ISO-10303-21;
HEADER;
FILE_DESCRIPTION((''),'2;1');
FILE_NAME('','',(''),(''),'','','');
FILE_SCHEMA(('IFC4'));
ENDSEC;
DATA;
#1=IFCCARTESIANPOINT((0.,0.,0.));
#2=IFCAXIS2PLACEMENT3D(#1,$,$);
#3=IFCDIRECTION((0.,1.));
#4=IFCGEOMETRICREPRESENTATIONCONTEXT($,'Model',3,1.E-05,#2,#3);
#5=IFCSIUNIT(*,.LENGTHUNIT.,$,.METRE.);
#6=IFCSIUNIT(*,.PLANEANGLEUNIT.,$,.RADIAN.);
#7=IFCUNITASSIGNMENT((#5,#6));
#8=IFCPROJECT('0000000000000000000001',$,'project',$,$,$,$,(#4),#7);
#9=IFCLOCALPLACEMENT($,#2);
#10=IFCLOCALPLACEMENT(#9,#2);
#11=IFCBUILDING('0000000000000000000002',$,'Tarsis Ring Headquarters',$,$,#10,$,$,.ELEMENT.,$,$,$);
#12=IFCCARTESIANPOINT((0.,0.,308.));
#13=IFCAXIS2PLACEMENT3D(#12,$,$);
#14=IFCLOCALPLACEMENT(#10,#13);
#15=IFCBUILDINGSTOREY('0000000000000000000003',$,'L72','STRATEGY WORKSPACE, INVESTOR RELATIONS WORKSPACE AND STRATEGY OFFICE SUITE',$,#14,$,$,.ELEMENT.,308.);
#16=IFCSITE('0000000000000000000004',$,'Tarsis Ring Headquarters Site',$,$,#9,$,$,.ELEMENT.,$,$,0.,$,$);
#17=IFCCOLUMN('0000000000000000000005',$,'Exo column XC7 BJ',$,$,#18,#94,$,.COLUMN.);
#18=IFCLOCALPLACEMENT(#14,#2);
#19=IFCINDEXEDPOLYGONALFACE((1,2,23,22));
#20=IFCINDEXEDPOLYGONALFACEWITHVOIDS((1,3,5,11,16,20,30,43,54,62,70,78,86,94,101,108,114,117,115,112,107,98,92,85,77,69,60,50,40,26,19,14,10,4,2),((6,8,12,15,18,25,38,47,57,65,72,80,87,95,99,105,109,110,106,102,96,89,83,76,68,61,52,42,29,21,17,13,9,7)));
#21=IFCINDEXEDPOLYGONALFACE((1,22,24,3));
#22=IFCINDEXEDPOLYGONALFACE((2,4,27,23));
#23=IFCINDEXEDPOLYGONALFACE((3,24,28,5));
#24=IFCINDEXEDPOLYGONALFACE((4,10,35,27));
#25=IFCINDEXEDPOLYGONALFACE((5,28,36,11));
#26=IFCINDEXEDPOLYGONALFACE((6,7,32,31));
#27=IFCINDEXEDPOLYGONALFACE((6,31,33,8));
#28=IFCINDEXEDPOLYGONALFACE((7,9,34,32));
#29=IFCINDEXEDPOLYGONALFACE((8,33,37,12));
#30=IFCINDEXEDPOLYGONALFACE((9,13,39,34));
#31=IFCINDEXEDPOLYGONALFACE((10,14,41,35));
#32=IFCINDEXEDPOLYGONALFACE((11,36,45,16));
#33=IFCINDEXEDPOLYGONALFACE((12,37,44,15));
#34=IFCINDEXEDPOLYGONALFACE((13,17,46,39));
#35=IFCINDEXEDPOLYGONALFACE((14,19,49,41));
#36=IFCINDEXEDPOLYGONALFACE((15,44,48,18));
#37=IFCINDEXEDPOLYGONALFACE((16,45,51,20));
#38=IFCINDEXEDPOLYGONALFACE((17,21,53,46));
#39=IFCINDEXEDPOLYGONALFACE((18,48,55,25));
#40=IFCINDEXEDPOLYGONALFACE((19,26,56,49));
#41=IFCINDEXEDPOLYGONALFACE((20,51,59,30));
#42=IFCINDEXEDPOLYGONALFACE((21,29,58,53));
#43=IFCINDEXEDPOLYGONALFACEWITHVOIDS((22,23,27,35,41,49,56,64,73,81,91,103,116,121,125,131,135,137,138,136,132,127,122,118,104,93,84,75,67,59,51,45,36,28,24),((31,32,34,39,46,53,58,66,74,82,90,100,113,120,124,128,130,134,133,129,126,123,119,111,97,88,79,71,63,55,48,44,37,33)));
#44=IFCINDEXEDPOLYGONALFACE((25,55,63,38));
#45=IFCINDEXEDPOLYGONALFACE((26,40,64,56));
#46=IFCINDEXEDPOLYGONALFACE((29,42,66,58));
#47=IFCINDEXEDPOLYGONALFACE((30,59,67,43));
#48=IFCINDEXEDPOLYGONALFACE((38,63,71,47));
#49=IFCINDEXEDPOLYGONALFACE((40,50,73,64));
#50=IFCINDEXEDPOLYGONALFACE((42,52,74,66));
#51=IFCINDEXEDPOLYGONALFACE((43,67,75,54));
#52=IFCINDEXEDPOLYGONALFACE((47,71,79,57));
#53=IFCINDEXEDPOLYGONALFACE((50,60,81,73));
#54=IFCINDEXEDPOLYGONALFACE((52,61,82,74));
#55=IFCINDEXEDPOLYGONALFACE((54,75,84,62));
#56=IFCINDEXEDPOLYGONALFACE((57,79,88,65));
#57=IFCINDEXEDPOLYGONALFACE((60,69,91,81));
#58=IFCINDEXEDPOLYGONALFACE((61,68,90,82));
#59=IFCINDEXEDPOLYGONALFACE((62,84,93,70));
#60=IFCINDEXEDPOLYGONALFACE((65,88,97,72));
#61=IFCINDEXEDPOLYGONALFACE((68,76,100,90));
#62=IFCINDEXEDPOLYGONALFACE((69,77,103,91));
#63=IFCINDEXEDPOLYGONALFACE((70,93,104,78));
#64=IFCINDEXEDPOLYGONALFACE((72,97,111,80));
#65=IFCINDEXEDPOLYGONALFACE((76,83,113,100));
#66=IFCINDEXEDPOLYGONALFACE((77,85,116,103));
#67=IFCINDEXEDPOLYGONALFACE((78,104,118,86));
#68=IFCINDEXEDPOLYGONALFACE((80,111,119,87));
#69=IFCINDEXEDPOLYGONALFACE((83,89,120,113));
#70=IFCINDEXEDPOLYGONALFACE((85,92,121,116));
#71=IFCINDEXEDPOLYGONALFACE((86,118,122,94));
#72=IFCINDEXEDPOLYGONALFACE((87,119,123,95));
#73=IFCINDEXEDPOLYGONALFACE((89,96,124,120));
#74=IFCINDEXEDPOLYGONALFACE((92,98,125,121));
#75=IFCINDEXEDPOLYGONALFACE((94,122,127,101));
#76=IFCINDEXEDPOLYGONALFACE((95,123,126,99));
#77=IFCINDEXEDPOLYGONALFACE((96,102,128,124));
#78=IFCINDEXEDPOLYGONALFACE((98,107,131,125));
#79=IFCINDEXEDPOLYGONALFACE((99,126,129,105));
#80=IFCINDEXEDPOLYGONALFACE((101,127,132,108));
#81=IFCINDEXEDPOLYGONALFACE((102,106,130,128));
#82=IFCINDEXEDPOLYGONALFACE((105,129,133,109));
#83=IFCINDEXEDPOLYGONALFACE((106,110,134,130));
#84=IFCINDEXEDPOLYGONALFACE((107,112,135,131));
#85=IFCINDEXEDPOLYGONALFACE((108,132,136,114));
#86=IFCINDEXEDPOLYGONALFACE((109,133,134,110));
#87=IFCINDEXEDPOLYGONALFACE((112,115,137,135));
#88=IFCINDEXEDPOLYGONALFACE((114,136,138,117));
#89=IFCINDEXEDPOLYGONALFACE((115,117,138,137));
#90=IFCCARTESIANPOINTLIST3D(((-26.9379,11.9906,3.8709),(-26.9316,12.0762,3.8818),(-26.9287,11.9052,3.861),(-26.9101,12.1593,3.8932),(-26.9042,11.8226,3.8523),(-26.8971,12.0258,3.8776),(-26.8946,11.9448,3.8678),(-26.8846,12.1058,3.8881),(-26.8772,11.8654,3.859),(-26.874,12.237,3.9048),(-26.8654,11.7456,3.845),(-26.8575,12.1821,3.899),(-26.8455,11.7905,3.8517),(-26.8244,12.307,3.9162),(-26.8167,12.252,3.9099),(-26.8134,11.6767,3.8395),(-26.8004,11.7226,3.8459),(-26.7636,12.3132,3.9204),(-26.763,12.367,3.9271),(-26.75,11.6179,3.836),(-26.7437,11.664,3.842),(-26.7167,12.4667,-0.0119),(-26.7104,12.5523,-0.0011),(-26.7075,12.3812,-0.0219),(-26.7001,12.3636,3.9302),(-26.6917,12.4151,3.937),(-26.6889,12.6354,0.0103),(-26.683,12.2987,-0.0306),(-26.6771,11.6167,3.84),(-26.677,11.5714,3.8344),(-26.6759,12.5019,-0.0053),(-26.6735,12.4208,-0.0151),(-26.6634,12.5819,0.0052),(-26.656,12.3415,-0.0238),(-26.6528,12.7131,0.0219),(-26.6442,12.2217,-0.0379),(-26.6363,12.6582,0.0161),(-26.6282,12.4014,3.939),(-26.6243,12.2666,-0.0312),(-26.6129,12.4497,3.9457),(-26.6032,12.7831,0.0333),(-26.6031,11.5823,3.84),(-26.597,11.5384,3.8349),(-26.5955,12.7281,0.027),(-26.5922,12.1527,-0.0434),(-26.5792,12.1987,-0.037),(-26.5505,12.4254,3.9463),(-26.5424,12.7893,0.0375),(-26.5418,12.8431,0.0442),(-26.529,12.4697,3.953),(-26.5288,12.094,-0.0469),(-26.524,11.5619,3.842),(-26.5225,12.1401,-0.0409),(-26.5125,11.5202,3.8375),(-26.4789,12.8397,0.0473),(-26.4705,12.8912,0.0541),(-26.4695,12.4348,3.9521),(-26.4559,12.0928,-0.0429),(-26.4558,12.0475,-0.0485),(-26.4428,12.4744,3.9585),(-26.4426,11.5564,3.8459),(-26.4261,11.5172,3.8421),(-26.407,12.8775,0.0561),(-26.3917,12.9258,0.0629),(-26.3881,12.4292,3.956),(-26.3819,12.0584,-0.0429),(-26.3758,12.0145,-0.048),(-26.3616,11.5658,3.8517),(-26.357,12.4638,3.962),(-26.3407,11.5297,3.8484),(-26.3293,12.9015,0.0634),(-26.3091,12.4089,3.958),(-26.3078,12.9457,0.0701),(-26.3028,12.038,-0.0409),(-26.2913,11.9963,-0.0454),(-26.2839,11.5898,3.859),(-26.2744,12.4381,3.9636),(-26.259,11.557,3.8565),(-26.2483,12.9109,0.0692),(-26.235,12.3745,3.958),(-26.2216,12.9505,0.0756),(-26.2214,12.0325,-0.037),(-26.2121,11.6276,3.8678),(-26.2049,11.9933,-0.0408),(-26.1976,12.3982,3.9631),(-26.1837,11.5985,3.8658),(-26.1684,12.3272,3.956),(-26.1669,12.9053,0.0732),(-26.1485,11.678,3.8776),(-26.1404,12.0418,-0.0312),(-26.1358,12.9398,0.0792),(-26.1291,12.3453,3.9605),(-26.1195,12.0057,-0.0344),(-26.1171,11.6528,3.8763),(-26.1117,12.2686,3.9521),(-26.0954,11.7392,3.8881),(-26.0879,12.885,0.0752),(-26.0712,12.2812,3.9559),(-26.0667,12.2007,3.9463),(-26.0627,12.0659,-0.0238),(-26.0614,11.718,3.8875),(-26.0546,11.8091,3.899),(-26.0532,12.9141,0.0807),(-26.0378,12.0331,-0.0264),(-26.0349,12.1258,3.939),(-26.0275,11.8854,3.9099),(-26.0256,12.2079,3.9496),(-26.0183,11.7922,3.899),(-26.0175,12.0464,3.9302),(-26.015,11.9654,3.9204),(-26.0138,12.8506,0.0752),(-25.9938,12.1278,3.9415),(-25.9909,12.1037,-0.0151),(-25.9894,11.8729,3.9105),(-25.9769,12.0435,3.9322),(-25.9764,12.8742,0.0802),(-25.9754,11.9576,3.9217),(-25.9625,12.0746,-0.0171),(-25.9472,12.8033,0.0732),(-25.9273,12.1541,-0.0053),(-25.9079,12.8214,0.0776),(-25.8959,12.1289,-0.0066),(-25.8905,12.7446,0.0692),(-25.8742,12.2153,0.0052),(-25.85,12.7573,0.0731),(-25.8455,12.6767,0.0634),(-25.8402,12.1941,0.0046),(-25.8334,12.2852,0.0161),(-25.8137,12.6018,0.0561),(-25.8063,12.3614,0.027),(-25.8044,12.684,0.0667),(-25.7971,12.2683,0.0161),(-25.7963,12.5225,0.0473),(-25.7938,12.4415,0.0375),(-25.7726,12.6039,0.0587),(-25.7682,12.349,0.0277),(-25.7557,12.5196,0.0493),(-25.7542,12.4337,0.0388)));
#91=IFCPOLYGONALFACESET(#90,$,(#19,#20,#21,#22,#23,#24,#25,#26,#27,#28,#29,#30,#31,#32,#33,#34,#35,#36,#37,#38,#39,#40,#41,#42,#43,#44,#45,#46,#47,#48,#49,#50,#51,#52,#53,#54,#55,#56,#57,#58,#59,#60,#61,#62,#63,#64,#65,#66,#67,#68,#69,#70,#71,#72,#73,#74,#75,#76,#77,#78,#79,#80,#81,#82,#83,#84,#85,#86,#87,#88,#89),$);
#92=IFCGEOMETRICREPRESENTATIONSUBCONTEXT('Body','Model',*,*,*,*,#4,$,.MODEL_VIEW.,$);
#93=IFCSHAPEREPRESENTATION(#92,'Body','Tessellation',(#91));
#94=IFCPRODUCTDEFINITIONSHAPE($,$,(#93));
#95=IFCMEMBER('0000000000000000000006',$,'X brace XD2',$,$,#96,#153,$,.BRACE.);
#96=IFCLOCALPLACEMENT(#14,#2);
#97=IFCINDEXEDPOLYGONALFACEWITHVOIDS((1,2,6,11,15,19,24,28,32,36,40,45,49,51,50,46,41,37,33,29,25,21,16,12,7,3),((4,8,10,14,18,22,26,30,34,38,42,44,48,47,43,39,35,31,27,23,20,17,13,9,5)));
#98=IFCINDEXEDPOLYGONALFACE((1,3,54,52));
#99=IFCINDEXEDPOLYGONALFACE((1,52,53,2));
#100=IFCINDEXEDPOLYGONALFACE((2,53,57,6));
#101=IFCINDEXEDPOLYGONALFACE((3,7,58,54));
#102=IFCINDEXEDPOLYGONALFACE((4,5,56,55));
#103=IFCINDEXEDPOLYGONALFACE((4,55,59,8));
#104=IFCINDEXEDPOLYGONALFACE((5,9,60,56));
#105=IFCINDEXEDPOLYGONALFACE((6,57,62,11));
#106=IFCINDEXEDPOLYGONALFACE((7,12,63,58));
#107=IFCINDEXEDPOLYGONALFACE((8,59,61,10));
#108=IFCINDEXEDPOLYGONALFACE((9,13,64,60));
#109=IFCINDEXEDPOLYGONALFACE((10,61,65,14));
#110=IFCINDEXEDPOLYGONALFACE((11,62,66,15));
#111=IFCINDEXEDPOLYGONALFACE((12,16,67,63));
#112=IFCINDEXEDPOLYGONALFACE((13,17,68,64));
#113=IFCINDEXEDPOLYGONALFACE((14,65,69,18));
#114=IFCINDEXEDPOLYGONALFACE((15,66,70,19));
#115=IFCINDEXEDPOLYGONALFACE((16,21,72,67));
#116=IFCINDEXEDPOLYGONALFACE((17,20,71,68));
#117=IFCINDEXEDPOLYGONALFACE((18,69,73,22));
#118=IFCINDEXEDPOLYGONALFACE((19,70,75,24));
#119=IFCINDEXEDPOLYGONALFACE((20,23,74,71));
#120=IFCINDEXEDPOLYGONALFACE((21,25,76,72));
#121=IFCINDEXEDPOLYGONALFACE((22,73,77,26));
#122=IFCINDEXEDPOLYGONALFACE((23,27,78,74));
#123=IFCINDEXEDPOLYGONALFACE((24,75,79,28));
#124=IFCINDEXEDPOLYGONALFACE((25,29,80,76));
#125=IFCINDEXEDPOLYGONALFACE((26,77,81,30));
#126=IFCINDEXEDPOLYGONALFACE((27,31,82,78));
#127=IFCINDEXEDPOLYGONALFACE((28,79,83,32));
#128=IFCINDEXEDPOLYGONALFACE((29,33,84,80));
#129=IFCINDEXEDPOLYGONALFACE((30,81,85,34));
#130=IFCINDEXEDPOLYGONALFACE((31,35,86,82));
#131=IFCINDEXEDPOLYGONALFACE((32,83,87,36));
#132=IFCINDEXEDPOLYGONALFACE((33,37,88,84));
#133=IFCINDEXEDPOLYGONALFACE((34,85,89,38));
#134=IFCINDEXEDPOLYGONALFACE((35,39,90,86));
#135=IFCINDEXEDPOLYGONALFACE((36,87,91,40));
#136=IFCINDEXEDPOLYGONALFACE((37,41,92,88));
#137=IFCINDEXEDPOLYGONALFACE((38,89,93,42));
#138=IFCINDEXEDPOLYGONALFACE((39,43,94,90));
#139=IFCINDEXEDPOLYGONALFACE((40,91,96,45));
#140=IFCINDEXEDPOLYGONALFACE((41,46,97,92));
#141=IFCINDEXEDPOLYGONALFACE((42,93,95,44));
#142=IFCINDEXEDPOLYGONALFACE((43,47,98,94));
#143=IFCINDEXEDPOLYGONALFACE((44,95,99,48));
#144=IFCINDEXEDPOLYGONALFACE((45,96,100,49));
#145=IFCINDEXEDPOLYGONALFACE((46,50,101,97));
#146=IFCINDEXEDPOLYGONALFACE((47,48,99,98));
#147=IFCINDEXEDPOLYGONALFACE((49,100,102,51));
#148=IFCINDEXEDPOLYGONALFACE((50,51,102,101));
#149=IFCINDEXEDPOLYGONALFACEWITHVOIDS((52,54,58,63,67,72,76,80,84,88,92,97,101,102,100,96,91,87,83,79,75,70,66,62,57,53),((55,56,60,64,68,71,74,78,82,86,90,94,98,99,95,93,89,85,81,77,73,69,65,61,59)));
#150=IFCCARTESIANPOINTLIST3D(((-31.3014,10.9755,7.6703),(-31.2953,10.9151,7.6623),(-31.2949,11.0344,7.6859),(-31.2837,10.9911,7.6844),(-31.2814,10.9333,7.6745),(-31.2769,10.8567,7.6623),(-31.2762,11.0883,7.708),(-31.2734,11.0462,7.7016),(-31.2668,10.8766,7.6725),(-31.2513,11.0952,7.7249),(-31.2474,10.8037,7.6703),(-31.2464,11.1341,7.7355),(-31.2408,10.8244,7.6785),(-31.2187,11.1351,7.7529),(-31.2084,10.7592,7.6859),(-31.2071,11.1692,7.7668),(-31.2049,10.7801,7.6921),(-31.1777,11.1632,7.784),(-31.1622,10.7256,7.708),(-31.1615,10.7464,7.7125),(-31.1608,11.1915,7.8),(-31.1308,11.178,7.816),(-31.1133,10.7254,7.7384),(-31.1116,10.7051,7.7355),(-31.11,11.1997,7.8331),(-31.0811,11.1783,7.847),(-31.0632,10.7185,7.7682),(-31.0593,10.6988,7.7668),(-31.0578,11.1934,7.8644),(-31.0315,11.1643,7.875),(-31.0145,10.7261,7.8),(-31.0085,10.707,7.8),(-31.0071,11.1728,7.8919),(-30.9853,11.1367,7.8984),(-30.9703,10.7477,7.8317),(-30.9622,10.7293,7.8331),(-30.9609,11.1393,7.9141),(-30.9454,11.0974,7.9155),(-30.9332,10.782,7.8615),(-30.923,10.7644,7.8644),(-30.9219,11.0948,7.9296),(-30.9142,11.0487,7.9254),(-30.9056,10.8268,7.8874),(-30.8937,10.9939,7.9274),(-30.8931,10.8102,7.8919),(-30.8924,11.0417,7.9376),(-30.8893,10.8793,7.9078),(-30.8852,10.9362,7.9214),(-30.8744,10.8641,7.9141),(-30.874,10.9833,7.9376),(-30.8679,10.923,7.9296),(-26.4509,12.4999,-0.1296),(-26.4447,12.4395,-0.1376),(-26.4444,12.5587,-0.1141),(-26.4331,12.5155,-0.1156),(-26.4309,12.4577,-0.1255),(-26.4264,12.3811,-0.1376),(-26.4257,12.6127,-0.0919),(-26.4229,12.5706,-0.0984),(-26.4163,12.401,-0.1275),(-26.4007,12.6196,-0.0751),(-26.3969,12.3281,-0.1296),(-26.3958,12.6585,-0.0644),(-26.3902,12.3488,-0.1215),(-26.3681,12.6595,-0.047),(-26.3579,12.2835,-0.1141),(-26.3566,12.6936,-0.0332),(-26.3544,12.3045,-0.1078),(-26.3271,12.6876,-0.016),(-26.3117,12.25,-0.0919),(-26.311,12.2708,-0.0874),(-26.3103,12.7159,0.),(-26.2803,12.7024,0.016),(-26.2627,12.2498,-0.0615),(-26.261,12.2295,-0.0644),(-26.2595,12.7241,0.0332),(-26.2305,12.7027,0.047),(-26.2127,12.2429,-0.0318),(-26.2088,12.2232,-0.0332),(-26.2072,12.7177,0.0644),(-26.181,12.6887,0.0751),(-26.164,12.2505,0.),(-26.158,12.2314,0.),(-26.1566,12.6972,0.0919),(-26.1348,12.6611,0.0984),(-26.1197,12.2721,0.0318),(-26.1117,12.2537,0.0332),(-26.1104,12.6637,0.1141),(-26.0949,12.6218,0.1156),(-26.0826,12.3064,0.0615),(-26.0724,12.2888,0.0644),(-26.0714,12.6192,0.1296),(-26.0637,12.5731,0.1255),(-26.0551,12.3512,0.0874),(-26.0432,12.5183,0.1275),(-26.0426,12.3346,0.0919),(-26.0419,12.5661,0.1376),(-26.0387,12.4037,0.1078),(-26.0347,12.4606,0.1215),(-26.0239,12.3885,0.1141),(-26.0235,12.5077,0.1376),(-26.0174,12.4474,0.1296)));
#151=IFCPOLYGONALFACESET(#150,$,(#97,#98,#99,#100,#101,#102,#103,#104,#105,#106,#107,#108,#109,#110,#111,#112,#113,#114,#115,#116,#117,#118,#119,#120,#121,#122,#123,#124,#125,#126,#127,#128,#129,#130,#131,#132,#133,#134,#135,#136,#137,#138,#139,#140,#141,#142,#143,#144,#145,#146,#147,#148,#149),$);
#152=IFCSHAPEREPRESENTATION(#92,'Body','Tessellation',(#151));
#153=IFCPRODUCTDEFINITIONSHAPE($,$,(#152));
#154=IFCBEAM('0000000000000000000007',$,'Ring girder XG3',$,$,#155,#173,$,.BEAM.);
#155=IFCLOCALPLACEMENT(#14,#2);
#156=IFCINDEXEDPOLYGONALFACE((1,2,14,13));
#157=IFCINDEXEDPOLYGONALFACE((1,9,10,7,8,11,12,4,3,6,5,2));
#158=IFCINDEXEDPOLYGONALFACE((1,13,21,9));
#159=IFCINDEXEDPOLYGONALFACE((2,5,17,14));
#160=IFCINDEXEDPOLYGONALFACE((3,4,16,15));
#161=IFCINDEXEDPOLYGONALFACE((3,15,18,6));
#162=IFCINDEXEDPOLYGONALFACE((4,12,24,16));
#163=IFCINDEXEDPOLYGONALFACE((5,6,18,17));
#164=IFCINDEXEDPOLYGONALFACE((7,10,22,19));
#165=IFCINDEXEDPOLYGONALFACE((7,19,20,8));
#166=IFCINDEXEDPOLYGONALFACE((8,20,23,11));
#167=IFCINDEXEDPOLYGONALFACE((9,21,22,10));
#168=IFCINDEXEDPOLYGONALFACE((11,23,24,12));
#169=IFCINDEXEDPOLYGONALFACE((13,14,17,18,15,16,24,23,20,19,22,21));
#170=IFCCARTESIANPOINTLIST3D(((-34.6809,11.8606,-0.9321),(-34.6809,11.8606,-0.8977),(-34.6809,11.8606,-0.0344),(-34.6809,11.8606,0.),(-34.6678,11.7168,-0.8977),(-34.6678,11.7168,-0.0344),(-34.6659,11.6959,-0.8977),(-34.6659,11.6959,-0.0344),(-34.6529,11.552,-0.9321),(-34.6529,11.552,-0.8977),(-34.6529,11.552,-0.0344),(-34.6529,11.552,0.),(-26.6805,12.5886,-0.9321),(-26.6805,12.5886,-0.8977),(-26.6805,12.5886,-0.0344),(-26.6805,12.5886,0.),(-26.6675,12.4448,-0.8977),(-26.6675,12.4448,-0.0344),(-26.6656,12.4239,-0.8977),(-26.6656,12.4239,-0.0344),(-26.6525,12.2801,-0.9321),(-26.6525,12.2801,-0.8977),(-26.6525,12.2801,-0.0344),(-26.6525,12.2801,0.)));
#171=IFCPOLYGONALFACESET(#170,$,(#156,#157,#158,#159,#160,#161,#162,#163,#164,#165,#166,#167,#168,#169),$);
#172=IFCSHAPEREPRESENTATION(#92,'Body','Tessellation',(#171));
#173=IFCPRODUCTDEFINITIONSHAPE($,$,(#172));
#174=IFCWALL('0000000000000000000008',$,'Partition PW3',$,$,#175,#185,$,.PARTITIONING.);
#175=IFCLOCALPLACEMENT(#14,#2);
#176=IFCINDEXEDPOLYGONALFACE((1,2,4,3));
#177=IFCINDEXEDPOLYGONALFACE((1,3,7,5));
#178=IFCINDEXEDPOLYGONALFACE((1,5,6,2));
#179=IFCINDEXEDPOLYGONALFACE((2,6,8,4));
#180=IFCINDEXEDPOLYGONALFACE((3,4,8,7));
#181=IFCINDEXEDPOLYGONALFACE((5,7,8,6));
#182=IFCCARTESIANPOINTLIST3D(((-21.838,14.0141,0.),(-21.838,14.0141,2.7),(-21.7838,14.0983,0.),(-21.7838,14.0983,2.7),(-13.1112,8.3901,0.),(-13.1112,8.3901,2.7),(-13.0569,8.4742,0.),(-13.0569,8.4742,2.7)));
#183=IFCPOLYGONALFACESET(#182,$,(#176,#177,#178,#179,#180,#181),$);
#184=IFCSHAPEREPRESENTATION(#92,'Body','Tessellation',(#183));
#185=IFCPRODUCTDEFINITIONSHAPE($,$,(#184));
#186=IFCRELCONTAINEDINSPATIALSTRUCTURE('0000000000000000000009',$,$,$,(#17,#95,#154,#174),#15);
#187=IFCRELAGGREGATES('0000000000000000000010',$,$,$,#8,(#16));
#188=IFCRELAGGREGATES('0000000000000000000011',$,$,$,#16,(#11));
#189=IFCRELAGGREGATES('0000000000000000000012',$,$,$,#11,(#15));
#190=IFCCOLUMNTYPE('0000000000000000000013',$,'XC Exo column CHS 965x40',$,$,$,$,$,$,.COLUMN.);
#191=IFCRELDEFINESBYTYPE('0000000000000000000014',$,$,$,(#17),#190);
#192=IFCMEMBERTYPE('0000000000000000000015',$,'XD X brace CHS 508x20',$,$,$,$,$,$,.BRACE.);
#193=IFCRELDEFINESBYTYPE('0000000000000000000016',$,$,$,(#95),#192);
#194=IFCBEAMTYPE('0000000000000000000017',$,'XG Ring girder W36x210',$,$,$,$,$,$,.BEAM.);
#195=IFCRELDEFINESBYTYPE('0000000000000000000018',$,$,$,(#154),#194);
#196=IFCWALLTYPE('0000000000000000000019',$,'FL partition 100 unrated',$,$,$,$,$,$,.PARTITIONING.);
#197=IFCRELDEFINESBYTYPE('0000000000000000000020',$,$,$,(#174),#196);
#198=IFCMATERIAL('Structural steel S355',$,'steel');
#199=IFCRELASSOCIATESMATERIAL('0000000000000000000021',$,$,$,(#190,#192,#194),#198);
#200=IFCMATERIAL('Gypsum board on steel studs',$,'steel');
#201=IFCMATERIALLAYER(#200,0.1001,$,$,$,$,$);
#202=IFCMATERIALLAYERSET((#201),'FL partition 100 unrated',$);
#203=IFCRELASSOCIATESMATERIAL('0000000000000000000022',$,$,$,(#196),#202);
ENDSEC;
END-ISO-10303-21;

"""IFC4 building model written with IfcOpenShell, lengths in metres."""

from ifc_helpers import new_model, si_unit, direction, frame, frame_2d, origin, origin_2d, place, context, subcontext, project, spatial, rectangle, hollow_circle, i_section, extrude, material, layer, layer_set, material_profile, profile_set, type_object, element, save


model = new_model("IFC4")

# Units and contexts
model_context = context("Model", 3, precision=1e-05, world=origin(), true_north=direction((0.0, 1.0)))
body_context = subcontext(model_context, "Body", "Model", "MODEL_VIEW")
ifc_project = project(units=[si_unit("LENGTHUNIT", "METRE"), si_unit("PLANEANGLEUNIT", "RADIAN")], contexts=[model_context])

# Site, building, storey
site_placement = place(None, origin())
site = spatial("IfcSite", under=ifc_project, at=site_placement, Name="Tarsis Ring Headquarters Site", CompositionType="ELEMENT", RefElevation=0.0)
building_placement = place(site_placement, origin())
building = spatial("IfcBuilding", under=site, at=building_placement, Name="Tarsis Ring Headquarters", CompositionType="ELEMENT")
storey_placement = place(building_placement, frame((0.0, 0.0, 308.0)))
storey = spatial("IfcBuildingStorey", under=building, at=storey_placement, Name="L72", Description="STRATEGY WORKSPACE, INVESTOR RELATIONS WORKSPACE AND STRATEGY OFFICE SUITE", CompositionType="ELEMENT", Elevation=308.0)

# Column
ifc_material_1 = material(Name="Structural steel S355", Category="steel")
ifc_material_profile_1 = material_profile(ifc_material_1, hollow_circle(Radius=0.4827, WallThickness=0.04, at=origin_2d()), Name="CHS 965x40")
ifc_profile_set_1 = profile_set([ifc_material_profile_1], Name="Structural steel S355")
column_type = type_object("IfcColumnType", Name="XC Exo column CHS 965x40", PredefinedType="COLUMN", material=ifc_profile_set_1)
column_placement = place(storey_placement, frame((-26.2349, 12.4717, 0.0161), z_axis=(-0.056453, -0.121505, 0.990984), x_axis=(0.906895, -0.421357, 0.0)))
element("IfcColumn", 1, at=column_placement, inside=storey, type_object=column_type, Name="Exo column XC7 BJ", PredefinedType="COLUMN", context=body_context, shape_type="SweptSolid", body=[
    extrude(hollow_circle(Radius=0.4827, WallThickness=0.04, at=origin_2d()), origin(), (0.0, 0.0, 1.0), 3.9182),
])

# Member
ifc_material_profile_2 = material_profile(ifc_material_1, hollow_circle(Radius=0.2539, WallThickness=0.02, at=origin_2d()), Name="CHS 508x20")
ifc_profile_set_2 = profile_set([ifc_material_profile_2], Name="Structural steel S355")
member_type = type_object("IfcMemberType", Name="XD X brace CHS 508x20", PredefinedType="BRACE", material=ifc_profile_set_2)
member_placement = place(storey_placement, frame((-26.2341, 12.4736, 0.0), z_axis=(-0.520958, -0.163724, 0.837733), x_axis=(0.299817, -0.953997, 0.0)))
element("IfcMember", 2, at=member_placement, inside=storey, type_object=member_type, Name="X brace XD2", PredefinedType="BRACE", context=body_context, shape_type="SweptSolid", body=[
    extrude(hollow_circle(Radius=0.2539, WallThickness=0.02, at=origin_2d()), origin(), (0.0, 0.0, 1.0), 9.3108),
])

# Beam
ifc_material_profile_3 = material_profile(ifc_material_1, i_section(OverallWidth=0.3098, OverallDepth=0.9321, WebThickness=0.021, FlangeThickness=0.0344, at=origin_2d()), Name="W36x210")
ifc_profile_set_3 = profile_set([ifc_material_profile_3], Name="Structural steel S355")
beam_type = type_object("IfcBeamType", Name="XG Ring girder W36x210", PredefinedType="BEAM", material=ifc_profile_set_3)
beam_placement = place(storey_placement, frame((-26.6665, 12.4343, -0.4661), z_axis=(-0.995885, -0.090623, 0.0), x_axis=(0.090623, -0.995885, 0.0)))
element("IfcBeam", 3, at=beam_placement, inside=storey, type_object=beam_type, Name="Ring girder XG3", PredefinedType="BEAM", context=body_context, shape_type="SweptSolid", body=[
    extrude(i_section(OverallWidth=0.3098, OverallDepth=0.9321, WebThickness=0.021, FlangeThickness=0.0344, at=origin_2d()), origin(), (0.0, 0.0, 1.0), 8.0334),
])

# Wall
ifc_material_2 = material(Name="Gypsum board on steel studs", Category="steel")
ifc_layer_1 = layer(ifc_material_2, 0.1001)
ifc_layer_set_1 = layer_set([ifc_layer_1], Name="FL partition 100 unrated")
wall_type_1 = type_object("IfcWallType", Name="FL partition 100 unrated", PredefinedType="PARTITIONING", material=ifc_layer_set_1)
wall_1_placement = place(storey_placement, frame((-21.8108, 14.0562, 0.0), z_axis=(0.0, 0.0, 1.0), x_axis=(0.840567, -0.541707, 0.0)))
element("IfcWall", 4, at=wall_1_placement, inside=storey, type_object=wall_type_1, Name="Partition PW3", PredefinedType="PARTITIONING", context=body_context, shape_type="SweptSolid", body=[
    extrude(rectangle(XDim=10.3821, YDim=0.1001, at=frame_2d((5.1909, 0.0))), origin(), (0.0, 0.0, 1.0), 2.7),
])

save(model, "model.ifc")
